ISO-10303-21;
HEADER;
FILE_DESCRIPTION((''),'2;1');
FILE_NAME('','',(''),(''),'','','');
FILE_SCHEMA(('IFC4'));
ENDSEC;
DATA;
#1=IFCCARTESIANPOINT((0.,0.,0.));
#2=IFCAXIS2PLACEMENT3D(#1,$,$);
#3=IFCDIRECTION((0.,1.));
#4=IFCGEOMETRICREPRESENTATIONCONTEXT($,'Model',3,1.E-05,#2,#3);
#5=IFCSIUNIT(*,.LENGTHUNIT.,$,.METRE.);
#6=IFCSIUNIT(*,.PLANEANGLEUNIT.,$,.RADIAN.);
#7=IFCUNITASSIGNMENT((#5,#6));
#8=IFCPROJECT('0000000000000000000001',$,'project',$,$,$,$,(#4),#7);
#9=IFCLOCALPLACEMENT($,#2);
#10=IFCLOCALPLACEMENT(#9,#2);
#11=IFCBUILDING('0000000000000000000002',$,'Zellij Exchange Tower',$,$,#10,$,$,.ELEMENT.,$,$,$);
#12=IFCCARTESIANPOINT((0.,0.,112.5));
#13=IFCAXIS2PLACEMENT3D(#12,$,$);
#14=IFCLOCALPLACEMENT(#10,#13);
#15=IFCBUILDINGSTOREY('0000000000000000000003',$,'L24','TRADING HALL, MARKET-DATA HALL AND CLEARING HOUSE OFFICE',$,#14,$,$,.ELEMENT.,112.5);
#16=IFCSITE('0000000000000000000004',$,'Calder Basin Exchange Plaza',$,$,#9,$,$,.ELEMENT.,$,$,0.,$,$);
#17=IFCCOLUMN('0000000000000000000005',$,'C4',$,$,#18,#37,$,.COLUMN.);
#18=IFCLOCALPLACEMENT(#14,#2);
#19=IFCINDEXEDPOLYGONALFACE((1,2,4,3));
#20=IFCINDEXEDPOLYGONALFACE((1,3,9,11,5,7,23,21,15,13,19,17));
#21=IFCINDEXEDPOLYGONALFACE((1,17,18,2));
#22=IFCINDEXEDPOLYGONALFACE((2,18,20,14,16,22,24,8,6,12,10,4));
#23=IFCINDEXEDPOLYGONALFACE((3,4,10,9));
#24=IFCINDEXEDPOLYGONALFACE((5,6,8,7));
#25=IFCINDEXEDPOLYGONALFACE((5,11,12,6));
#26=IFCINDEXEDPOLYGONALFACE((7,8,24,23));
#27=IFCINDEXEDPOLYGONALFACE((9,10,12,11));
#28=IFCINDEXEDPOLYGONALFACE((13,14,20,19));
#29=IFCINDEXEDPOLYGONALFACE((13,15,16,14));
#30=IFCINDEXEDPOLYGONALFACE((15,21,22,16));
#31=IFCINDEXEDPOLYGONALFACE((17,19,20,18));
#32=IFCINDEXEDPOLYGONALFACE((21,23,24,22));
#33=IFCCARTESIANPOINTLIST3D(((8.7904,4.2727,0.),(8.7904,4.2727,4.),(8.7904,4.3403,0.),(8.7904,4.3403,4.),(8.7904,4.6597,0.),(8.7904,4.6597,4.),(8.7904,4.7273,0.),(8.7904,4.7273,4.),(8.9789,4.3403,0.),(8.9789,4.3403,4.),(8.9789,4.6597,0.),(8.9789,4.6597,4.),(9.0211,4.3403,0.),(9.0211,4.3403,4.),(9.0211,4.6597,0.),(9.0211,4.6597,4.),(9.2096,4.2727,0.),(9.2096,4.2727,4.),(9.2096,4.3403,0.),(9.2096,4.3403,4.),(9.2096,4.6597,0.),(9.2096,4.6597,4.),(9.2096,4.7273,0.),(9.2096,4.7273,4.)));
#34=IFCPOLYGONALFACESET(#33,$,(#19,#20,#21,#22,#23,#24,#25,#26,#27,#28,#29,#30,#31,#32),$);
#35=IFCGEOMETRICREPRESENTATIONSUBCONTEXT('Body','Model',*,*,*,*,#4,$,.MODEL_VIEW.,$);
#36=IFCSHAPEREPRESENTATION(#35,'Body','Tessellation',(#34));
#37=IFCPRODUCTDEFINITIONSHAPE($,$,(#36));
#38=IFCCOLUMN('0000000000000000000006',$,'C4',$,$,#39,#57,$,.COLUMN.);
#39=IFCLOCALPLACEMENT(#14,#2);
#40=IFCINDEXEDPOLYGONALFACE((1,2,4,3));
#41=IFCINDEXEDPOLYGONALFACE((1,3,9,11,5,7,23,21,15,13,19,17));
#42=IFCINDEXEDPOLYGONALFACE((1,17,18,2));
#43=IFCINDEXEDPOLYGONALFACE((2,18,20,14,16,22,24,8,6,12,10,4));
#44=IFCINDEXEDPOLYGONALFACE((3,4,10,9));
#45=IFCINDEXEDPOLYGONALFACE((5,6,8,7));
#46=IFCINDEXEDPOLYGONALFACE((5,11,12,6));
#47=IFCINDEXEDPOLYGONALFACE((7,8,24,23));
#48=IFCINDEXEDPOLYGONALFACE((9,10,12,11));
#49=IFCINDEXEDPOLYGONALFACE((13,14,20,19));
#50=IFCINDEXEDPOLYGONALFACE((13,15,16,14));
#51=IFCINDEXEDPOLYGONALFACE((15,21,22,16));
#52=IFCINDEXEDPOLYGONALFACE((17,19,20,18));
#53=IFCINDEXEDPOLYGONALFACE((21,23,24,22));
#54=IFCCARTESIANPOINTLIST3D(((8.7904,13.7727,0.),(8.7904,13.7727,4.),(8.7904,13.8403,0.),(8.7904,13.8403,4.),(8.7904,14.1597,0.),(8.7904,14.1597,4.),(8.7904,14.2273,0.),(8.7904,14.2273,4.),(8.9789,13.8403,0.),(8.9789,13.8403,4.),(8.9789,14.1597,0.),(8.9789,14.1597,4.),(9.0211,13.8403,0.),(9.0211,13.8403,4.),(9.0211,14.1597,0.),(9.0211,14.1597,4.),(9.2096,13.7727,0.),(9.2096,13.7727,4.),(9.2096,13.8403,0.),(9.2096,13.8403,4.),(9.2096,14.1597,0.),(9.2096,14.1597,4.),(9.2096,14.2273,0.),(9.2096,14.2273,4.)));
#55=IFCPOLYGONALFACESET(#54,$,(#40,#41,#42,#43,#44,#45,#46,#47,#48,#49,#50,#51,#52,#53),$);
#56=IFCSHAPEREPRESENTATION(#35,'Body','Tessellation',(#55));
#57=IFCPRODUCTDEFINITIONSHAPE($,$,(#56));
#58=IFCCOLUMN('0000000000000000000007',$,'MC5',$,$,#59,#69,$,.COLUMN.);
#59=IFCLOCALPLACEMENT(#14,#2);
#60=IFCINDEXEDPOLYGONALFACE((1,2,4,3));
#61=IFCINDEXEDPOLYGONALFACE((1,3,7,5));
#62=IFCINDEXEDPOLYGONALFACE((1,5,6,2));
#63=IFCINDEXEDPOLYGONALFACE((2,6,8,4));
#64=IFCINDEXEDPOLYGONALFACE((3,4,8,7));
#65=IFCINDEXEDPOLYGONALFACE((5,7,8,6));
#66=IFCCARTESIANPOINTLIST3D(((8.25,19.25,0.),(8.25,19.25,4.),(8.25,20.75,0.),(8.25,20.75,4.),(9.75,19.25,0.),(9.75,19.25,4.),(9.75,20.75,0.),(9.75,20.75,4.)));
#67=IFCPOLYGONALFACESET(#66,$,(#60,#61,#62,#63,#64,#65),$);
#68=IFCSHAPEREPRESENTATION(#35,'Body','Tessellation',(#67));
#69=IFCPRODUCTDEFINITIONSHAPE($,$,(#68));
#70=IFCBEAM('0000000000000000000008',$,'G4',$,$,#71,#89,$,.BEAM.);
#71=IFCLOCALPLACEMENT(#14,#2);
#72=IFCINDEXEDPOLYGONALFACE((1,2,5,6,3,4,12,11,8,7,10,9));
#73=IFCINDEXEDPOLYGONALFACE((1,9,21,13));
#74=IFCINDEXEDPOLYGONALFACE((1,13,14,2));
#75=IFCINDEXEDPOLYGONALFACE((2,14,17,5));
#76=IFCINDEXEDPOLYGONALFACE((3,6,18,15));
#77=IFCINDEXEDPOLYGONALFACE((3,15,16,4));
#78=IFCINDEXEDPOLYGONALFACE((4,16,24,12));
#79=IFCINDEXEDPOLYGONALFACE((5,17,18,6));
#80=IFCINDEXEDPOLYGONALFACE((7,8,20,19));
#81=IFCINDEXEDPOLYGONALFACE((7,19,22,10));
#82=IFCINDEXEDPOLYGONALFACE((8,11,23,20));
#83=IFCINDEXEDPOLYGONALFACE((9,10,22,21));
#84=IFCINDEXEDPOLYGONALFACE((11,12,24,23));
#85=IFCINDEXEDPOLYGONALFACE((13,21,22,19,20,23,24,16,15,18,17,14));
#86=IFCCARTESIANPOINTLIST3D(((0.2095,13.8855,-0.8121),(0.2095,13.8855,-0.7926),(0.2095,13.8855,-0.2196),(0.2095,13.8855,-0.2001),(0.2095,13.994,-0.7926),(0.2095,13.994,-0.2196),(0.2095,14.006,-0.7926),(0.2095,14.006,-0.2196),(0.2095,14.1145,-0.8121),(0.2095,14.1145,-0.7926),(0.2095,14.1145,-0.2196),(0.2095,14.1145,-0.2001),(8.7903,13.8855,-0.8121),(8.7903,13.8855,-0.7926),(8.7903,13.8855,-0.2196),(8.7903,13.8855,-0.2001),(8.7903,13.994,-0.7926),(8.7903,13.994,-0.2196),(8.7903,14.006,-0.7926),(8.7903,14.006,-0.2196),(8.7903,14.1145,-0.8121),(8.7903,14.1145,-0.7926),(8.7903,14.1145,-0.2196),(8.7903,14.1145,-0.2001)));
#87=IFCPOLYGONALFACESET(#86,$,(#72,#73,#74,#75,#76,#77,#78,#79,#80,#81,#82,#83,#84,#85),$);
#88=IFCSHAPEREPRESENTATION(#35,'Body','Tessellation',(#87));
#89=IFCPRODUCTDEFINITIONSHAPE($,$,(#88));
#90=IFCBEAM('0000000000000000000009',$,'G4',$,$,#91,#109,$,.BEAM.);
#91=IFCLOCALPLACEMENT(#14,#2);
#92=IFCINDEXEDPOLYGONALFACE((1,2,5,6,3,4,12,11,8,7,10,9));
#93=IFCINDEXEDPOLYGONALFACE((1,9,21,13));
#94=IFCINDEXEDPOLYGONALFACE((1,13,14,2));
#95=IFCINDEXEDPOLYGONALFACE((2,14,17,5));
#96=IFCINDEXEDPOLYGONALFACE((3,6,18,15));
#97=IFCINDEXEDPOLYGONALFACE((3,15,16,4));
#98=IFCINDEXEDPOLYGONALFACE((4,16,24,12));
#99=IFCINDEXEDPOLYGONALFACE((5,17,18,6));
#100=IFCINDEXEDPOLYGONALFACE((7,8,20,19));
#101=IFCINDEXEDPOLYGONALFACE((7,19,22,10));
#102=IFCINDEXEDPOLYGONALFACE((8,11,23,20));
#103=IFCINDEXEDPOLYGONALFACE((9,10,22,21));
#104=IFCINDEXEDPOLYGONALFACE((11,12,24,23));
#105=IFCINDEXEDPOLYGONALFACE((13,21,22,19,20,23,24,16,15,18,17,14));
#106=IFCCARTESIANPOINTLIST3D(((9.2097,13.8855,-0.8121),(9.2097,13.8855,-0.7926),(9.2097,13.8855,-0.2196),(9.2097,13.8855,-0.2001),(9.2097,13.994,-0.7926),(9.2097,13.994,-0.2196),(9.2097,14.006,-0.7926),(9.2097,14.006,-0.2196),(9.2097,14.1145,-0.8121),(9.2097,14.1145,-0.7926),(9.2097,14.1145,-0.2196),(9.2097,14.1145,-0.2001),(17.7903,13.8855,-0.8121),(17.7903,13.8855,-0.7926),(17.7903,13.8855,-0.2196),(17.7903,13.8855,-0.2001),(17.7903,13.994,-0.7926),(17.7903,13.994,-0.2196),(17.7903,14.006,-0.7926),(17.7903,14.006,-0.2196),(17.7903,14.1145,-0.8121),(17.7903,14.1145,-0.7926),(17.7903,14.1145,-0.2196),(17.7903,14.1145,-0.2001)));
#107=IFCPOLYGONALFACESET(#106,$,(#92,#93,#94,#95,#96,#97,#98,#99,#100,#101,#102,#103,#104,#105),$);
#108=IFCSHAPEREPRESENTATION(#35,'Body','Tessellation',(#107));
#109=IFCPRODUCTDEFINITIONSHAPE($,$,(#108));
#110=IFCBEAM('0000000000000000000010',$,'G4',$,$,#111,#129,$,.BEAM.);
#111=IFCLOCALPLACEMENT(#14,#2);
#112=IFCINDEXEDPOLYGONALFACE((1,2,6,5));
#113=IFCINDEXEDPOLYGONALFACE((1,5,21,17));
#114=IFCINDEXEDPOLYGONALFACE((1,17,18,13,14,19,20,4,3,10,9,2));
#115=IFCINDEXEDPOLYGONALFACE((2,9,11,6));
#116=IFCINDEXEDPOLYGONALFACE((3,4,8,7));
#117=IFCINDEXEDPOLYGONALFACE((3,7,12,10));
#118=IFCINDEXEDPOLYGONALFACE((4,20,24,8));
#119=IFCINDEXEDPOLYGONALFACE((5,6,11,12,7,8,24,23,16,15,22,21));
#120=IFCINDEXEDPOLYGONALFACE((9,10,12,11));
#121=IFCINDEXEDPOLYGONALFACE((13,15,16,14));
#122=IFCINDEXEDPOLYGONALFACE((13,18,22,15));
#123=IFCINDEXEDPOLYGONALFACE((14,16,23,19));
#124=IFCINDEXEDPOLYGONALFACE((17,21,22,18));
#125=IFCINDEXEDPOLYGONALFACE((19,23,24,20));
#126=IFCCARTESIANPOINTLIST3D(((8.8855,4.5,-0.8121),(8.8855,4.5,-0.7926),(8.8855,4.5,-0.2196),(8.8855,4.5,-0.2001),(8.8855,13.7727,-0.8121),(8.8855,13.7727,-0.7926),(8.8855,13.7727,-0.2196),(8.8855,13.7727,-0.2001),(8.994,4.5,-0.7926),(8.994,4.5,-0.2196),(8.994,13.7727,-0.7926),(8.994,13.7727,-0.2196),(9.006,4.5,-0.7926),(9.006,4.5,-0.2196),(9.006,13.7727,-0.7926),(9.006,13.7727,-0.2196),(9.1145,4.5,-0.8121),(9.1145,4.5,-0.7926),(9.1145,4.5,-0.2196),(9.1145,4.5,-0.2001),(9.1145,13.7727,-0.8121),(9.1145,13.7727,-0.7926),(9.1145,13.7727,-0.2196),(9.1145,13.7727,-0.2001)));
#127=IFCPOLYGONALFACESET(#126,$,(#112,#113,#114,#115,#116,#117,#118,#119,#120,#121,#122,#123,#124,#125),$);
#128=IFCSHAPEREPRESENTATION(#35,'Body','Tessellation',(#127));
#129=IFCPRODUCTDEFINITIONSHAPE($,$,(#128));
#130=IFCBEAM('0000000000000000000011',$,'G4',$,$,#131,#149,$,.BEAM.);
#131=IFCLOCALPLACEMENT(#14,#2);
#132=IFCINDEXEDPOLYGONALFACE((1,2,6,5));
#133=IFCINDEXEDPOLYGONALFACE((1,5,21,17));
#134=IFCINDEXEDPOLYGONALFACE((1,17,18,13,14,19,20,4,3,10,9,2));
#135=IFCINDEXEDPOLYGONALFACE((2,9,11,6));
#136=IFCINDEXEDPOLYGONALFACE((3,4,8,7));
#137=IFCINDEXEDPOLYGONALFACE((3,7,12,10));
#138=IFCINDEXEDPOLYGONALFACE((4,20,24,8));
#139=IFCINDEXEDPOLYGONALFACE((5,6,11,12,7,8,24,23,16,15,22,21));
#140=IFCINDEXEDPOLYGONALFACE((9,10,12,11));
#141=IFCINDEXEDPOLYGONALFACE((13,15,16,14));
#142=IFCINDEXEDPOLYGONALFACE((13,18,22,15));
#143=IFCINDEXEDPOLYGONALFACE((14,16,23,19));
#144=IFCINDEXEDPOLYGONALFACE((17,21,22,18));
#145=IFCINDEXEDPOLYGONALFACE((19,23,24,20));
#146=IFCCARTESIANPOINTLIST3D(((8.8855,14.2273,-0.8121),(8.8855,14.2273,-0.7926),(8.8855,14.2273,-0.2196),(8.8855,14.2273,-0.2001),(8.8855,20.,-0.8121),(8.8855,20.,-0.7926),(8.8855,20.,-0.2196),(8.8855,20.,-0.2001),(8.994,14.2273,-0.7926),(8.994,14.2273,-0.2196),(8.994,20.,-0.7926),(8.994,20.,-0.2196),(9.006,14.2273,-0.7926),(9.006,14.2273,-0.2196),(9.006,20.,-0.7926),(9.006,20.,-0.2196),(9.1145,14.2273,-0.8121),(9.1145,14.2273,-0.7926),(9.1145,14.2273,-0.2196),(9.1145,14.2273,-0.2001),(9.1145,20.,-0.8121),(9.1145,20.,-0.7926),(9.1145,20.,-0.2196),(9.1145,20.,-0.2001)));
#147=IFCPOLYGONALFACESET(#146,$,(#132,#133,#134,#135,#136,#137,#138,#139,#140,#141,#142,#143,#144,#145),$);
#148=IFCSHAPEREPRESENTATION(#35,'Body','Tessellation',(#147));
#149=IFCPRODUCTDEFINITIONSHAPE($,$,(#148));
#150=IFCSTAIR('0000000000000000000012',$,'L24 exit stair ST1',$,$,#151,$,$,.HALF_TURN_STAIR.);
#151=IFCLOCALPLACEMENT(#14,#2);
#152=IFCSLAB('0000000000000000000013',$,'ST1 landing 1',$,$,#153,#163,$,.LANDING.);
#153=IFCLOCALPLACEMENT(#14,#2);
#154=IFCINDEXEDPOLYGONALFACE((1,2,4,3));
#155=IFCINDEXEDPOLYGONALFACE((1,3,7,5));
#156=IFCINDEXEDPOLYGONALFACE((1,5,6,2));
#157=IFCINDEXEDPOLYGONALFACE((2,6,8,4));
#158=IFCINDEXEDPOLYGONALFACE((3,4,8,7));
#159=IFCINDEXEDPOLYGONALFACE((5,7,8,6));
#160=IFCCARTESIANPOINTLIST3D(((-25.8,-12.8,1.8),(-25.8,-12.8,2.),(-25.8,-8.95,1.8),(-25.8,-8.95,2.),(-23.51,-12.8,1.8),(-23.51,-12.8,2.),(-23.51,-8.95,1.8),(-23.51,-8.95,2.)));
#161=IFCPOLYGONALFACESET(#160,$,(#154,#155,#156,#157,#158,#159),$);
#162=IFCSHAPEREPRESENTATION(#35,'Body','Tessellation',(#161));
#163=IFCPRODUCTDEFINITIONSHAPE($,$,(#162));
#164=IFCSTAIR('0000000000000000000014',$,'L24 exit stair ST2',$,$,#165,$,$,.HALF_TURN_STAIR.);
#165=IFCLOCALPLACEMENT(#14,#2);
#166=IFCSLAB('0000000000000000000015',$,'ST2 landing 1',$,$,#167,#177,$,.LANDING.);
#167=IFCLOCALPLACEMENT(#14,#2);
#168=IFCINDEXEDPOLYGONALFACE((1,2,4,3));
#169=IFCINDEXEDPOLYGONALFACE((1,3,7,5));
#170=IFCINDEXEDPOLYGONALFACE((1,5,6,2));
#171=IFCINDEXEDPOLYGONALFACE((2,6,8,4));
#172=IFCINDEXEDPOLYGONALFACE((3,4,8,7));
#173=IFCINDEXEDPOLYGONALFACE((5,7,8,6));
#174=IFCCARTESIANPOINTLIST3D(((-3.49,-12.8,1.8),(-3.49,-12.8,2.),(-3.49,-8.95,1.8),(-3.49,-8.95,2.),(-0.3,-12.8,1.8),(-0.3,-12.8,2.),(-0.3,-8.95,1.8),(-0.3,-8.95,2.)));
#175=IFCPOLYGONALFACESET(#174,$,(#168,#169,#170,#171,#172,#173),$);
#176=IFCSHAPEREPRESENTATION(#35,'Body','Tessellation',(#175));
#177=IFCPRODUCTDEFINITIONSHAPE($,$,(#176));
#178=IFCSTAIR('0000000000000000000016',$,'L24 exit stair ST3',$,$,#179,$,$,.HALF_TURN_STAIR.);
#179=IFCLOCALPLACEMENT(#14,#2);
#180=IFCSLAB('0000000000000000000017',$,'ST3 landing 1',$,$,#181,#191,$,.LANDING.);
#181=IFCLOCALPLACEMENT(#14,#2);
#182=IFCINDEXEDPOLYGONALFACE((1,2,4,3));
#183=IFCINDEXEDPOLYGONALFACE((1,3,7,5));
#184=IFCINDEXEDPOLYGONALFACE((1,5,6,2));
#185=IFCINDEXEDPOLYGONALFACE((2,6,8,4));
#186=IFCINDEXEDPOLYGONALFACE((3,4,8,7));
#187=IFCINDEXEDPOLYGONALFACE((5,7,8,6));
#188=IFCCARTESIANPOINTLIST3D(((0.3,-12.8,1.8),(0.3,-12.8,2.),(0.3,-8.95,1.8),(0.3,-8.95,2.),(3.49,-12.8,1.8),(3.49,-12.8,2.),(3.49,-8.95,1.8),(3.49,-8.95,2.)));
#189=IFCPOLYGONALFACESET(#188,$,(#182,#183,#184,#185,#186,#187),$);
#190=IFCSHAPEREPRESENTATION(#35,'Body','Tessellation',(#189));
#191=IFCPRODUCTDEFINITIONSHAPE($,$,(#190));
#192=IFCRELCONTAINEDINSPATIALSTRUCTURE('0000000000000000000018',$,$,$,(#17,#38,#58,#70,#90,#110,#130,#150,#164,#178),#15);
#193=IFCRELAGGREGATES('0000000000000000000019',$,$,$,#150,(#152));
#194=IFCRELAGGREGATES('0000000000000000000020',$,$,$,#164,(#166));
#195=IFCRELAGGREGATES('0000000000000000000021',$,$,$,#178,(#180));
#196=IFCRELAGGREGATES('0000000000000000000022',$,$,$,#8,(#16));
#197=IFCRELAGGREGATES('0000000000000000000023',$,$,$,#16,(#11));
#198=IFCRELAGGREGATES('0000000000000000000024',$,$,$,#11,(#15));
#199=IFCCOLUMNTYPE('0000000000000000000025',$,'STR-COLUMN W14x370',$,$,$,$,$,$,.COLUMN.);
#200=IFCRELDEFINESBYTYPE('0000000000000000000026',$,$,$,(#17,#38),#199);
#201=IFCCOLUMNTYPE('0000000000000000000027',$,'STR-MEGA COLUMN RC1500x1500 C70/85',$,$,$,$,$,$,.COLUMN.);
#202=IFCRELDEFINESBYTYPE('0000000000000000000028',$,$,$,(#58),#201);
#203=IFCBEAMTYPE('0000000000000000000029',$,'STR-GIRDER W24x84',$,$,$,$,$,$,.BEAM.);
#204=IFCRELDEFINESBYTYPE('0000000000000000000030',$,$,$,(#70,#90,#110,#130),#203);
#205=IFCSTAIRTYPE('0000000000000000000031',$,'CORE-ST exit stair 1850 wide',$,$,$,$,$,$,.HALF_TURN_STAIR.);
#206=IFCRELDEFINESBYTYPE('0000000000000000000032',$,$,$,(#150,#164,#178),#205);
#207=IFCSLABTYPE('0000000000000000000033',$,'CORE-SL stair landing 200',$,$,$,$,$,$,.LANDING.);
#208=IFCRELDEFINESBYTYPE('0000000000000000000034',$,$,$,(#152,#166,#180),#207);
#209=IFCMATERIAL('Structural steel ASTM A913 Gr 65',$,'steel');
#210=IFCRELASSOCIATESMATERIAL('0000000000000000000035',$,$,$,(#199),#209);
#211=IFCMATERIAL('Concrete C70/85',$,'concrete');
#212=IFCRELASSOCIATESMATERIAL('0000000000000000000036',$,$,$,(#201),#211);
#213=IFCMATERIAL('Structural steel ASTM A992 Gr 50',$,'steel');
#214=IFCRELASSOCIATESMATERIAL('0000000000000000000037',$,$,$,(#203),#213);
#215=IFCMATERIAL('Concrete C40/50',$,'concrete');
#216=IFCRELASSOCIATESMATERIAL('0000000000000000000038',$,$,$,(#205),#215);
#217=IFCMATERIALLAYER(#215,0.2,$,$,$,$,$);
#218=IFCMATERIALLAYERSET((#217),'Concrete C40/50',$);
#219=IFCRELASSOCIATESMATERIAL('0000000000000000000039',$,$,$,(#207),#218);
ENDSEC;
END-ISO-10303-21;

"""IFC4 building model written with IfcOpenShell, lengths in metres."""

from ifc_helpers import new_model, si_unit, direction, frame, origin, origin_2d, place, context, subcontext, project, spatial, polyline, rectangle, i_section, outline, extrude, material, layer, layer_set, material_profile, profile_set, type_object, element, aggregate, save


model = new_model("IFC4")

# Units and contexts
model_context = context("Model", 3, precision=1e-05, world=origin(), true_north=direction((0.0, 1.0)))
body_context = subcontext(model_context, "Body", "Model", "MODEL_VIEW")
ifc_project = project(units=[si_unit("LENGTHUNIT", "METRE"), si_unit("PLANEANGLEUNIT", "RADIAN")], contexts=[model_context])

# Site, building, storey
site_placement = place(None, origin())
site = spatial("IfcSite", under=ifc_project, at=site_placement, Name="Calder Basin Exchange Plaza", CompositionType="ELEMENT", RefElevation=0.0)
building_placement = place(site_placement, origin())
building = spatial("IfcBuilding", under=site, at=building_placement, Name="Zellij Exchange Tower", CompositionType="ELEMENT")
storey_placement = place(building_placement, frame((0.0, 0.0, 112.5)))
storey = spatial("IfcBuildingStorey", under=building, at=storey_placement, Name="L24", Description="TRADING HALL, MARKET-DATA HALL AND CLEARING HOUSE OFFICE", CompositionType="ELEMENT", Elevation=112.5)

# Columns
ifc_material_1 = material(Name="Structural steel ASTM A913 Gr 65", Category="steel")
ifc_material_profile_1 = material_profile(ifc_material_1, i_section(OverallWidth=0.4192, OverallDepth=0.4546, WebThickness=0.0422, FlangeThickness=0.0676, at=origin_2d()), Name="W14x370")
ifc_profile_set_1 = profile_set([ifc_material_profile_1], Name="Structural steel ASTM A913 Gr 65")
column_type_1 = type_object("IfcColumnType", Name="STR-COLUMN W14x370", PredefinedType="COLUMN", material=ifc_profile_set_1)
for number, where, z_axis, x_axis, name in (
    (1, (9.0, 4.5, 0.0), (0.0, 0.0, 1.0), (1.0, 0.0, 0.0), "C4"),
    (2, (9.0, 14.0, 0.0), (0.0, 0.0, 1.0), (1.0, 0.0, 0.0), "C4"),
):
    element("IfcColumn", number, at=place(storey_placement, frame(where, z_axis=z_axis, x_axis=x_axis)), inside=storey, type_object=column_type_1, Name=name, PredefinedType="COLUMN", context=body_context, shape_type="SweptSolid", body=[
        extrude(i_section(OverallWidth=0.4192, OverallDepth=0.4546, WebThickness=0.0422, FlangeThickness=0.0676, at=origin_2d()), origin(), (0.0, 0.0, 1.0), 4.0),
    ])
ifc_material_2 = material(Name="Concrete C70/85", Category="concrete")
ifc_material_profile_2 = material_profile(ifc_material_2, rectangle(XDim=1.5, YDim=1.5, at=origin_2d()), Name="STR-MEGA COLUMN RC1500x1500 C70/85")
ifc_profile_set_2 = profile_set([ifc_material_profile_2], Name="Concrete C70/85")
column_type_2 = type_object("IfcColumnType", Name="STR-MEGA COLUMN RC1500x1500 C70/85", PredefinedType="COLUMN", material=ifc_profile_set_2)
column_placement = place(storey_placement, frame((9.0, 20.0, 0.0), z_axis=(0.0, 0.0, 1.0), x_axis=(1.0, 0.0, 0.0)))
element("IfcColumn", 3, at=column_placement, inside=storey, type_object=column_type_2, Name="MC5", PredefinedType="COLUMN", context=body_context, shape_type="SweptSolid", body=[
    extrude(rectangle(XDim=1.5, YDim=1.5, at=origin_2d()), origin(), (0.0, 0.0, 1.0), 4.0),
])

# Beams
ifc_material_3 = material(Name="Structural steel ASTM A992 Gr 50", Category="steel")
ifc_material_profile_3 = material_profile(ifc_material_3, i_section(OverallWidth=0.229, OverallDepth=0.6121, WebThickness=0.012, FlangeThickness=0.0195, at=origin_2d()), Name="W24x84")
ifc_profile_set_3 = profile_set([ifc_material_profile_3], Name="Structural steel ASTM A992 Gr 50")
beam_type = type_object("IfcBeamType", Name="STR-GIRDER W24x84", PredefinedType="BEAM", material=ifc_profile_set_3)
beam_1_placement = place(storey_placement, frame((0.2095, 14.0, -0.5061), z_axis=(1.0, 0.0, 0.0), x_axis=(0.0, 1.0, 0.0)))
element("IfcBeam", 4, at=beam_1_placement, inside=storey, type_object=beam_type, Name="G4", PredefinedType="BEAM", context=body_context, shape_type="SweptSolid", body=[
    extrude(i_section(OverallWidth=0.229, OverallDepth=0.6121, WebThickness=0.012, FlangeThickness=0.0195, at=origin_2d()), origin(), (0.0, 0.0, 1.0), 8.5808),
])
beam_2_placement = place(storey_placement, frame((9.2097, 14.0, -0.5061), z_axis=(1.0, 0.0, 0.0), x_axis=(0.0, 1.0, 0.0)))
element("IfcBeam", 5, at=beam_2_placement, inside=storey, type_object=beam_type, Name="G4", PredefinedType="BEAM", context=body_context, shape_type="SweptSolid", body=[
    extrude(i_section(OverallWidth=0.229, OverallDepth=0.6121, WebThickness=0.012, FlangeThickness=0.0195, at=origin_2d()), origin(), (0.0, 0.0, 1.0), 8.5806),
])
beam_3_placement = place(storey_placement, frame((9.0, 4.5, -0.5061), z_axis=(0.0, 1.0, 0.0), x_axis=(-1.0, 0.0, 0.0)))
element("IfcBeam", 6, at=beam_3_placement, inside=storey, type_object=beam_type, Name="G4", PredefinedType="BEAM", context=body_context, shape_type="SweptSolid", body=[
    extrude(i_section(OverallWidth=0.229, OverallDepth=0.6121, WebThickness=0.012, FlangeThickness=0.0195, at=origin_2d()), origin(), (0.0, 0.0, 1.0), 9.2727),
])
beam_4_placement = place(storey_placement, frame((9.0, 14.2273, -0.5061), z_axis=(0.0, 1.0, 0.0), x_axis=(-1.0, 0.0, 0.0)))
element("IfcBeam", 7, at=beam_4_placement, inside=storey, type_object=beam_type, Name="G4", PredefinedType="BEAM", context=body_context, shape_type="SweptSolid", body=[
    extrude(i_section(OverallWidth=0.229, OverallDepth=0.6121, WebThickness=0.012, FlangeThickness=0.0195, at=origin_2d()), origin(), (0.0, 0.0, 1.0), 5.7727),
])

# Stairs, slabs
ifc_material_4 = material(Name="Concrete C40/50", Category="concrete")
stair_type = type_object("IfcStairType", Name="CORE-ST exit stair 1850 wide", PredefinedType="HALF_TURN_STAIR", material=ifc_material_4)
stair_1_placement = place(storey_placement, origin())
stair_1 = element("IfcStair", 8, at=stair_1_placement, inside=storey, type_object=stair_type, Name="L24 exit stair ST1", PredefinedType="HALF_TURN_STAIR")
ifc_layer_1 = layer(ifc_material_4, 0.2)
ifc_layer_set_1 = layer_set([ifc_layer_1], Name="Concrete C40/50")
slab_type = type_object("IfcSlabType", Name="CORE-SL stair landing 200", PredefinedType="LANDING", material=ifc_layer_set_1)
slab_1_placement = place(storey_placement, frame((0.0, 0.0, 1.8)))
slab_1 = element("IfcSlab", 9, at=slab_1_placement, type_object=slab_type, Name="ST1 landing 1", PredefinedType="LANDING", context=body_context, shape_type="SweptSolid", body=[
    extrude(outline(polyline([(-23.51, -8.95), (-25.8, -8.95), (-25.8, -12.8), (-23.51, -12.8), (-23.51, -8.95)])), origin(), (0.0, 0.0, 1.0), 0.2),
])
aggregate(stair_1, [slab_1])
stair_2_placement = place(storey_placement, origin())
stair_2 = element("IfcStair", 10, at=stair_2_placement, inside=storey, type_object=stair_type, Name="L24 exit stair ST2", PredefinedType="HALF_TURN_STAIR")
slab_2_placement = place(storey_placement, frame((0.0, 0.0, 1.8)))
slab_2 = element("IfcSlab", 11, at=slab_2_placement, type_object=slab_type, Name="ST2 landing 1", PredefinedType="LANDING", context=body_context, shape_type="SweptSolid", body=[
    extrude(outline(polyline([(-3.49, -12.8), (-0.3, -12.8), (-0.3, -8.95), (-3.49, -8.95), (-3.49, -12.8)])), origin(), (0.0, 0.0, 1.0), 0.2),
])
aggregate(stair_2, [slab_2])
stair_3_placement = place(storey_placement, origin())
stair_3 = element("IfcStair", 12, at=stair_3_placement, inside=storey, type_object=stair_type, Name="L24 exit stair ST3", PredefinedType="HALF_TURN_STAIR")
slab_3_placement = place(storey_placement, frame((0.0, 0.0, 1.8)))
slab_3 = element("IfcSlab", 13, at=slab_3_placement, type_object=slab_type, Name="ST3 landing 1", PredefinedType="LANDING", context=body_context, shape_type="SweptSolid", body=[
    extrude(outline(polyline([(3.49, -8.95), (0.3, -8.95), (0.3, -12.8), (3.49, -12.8), (3.49, -8.95)])), origin(), (0.0, 0.0, 1.0), 0.2),
])
aggregate(stair_3, [slab_3])

save(model, "model.ifc")
